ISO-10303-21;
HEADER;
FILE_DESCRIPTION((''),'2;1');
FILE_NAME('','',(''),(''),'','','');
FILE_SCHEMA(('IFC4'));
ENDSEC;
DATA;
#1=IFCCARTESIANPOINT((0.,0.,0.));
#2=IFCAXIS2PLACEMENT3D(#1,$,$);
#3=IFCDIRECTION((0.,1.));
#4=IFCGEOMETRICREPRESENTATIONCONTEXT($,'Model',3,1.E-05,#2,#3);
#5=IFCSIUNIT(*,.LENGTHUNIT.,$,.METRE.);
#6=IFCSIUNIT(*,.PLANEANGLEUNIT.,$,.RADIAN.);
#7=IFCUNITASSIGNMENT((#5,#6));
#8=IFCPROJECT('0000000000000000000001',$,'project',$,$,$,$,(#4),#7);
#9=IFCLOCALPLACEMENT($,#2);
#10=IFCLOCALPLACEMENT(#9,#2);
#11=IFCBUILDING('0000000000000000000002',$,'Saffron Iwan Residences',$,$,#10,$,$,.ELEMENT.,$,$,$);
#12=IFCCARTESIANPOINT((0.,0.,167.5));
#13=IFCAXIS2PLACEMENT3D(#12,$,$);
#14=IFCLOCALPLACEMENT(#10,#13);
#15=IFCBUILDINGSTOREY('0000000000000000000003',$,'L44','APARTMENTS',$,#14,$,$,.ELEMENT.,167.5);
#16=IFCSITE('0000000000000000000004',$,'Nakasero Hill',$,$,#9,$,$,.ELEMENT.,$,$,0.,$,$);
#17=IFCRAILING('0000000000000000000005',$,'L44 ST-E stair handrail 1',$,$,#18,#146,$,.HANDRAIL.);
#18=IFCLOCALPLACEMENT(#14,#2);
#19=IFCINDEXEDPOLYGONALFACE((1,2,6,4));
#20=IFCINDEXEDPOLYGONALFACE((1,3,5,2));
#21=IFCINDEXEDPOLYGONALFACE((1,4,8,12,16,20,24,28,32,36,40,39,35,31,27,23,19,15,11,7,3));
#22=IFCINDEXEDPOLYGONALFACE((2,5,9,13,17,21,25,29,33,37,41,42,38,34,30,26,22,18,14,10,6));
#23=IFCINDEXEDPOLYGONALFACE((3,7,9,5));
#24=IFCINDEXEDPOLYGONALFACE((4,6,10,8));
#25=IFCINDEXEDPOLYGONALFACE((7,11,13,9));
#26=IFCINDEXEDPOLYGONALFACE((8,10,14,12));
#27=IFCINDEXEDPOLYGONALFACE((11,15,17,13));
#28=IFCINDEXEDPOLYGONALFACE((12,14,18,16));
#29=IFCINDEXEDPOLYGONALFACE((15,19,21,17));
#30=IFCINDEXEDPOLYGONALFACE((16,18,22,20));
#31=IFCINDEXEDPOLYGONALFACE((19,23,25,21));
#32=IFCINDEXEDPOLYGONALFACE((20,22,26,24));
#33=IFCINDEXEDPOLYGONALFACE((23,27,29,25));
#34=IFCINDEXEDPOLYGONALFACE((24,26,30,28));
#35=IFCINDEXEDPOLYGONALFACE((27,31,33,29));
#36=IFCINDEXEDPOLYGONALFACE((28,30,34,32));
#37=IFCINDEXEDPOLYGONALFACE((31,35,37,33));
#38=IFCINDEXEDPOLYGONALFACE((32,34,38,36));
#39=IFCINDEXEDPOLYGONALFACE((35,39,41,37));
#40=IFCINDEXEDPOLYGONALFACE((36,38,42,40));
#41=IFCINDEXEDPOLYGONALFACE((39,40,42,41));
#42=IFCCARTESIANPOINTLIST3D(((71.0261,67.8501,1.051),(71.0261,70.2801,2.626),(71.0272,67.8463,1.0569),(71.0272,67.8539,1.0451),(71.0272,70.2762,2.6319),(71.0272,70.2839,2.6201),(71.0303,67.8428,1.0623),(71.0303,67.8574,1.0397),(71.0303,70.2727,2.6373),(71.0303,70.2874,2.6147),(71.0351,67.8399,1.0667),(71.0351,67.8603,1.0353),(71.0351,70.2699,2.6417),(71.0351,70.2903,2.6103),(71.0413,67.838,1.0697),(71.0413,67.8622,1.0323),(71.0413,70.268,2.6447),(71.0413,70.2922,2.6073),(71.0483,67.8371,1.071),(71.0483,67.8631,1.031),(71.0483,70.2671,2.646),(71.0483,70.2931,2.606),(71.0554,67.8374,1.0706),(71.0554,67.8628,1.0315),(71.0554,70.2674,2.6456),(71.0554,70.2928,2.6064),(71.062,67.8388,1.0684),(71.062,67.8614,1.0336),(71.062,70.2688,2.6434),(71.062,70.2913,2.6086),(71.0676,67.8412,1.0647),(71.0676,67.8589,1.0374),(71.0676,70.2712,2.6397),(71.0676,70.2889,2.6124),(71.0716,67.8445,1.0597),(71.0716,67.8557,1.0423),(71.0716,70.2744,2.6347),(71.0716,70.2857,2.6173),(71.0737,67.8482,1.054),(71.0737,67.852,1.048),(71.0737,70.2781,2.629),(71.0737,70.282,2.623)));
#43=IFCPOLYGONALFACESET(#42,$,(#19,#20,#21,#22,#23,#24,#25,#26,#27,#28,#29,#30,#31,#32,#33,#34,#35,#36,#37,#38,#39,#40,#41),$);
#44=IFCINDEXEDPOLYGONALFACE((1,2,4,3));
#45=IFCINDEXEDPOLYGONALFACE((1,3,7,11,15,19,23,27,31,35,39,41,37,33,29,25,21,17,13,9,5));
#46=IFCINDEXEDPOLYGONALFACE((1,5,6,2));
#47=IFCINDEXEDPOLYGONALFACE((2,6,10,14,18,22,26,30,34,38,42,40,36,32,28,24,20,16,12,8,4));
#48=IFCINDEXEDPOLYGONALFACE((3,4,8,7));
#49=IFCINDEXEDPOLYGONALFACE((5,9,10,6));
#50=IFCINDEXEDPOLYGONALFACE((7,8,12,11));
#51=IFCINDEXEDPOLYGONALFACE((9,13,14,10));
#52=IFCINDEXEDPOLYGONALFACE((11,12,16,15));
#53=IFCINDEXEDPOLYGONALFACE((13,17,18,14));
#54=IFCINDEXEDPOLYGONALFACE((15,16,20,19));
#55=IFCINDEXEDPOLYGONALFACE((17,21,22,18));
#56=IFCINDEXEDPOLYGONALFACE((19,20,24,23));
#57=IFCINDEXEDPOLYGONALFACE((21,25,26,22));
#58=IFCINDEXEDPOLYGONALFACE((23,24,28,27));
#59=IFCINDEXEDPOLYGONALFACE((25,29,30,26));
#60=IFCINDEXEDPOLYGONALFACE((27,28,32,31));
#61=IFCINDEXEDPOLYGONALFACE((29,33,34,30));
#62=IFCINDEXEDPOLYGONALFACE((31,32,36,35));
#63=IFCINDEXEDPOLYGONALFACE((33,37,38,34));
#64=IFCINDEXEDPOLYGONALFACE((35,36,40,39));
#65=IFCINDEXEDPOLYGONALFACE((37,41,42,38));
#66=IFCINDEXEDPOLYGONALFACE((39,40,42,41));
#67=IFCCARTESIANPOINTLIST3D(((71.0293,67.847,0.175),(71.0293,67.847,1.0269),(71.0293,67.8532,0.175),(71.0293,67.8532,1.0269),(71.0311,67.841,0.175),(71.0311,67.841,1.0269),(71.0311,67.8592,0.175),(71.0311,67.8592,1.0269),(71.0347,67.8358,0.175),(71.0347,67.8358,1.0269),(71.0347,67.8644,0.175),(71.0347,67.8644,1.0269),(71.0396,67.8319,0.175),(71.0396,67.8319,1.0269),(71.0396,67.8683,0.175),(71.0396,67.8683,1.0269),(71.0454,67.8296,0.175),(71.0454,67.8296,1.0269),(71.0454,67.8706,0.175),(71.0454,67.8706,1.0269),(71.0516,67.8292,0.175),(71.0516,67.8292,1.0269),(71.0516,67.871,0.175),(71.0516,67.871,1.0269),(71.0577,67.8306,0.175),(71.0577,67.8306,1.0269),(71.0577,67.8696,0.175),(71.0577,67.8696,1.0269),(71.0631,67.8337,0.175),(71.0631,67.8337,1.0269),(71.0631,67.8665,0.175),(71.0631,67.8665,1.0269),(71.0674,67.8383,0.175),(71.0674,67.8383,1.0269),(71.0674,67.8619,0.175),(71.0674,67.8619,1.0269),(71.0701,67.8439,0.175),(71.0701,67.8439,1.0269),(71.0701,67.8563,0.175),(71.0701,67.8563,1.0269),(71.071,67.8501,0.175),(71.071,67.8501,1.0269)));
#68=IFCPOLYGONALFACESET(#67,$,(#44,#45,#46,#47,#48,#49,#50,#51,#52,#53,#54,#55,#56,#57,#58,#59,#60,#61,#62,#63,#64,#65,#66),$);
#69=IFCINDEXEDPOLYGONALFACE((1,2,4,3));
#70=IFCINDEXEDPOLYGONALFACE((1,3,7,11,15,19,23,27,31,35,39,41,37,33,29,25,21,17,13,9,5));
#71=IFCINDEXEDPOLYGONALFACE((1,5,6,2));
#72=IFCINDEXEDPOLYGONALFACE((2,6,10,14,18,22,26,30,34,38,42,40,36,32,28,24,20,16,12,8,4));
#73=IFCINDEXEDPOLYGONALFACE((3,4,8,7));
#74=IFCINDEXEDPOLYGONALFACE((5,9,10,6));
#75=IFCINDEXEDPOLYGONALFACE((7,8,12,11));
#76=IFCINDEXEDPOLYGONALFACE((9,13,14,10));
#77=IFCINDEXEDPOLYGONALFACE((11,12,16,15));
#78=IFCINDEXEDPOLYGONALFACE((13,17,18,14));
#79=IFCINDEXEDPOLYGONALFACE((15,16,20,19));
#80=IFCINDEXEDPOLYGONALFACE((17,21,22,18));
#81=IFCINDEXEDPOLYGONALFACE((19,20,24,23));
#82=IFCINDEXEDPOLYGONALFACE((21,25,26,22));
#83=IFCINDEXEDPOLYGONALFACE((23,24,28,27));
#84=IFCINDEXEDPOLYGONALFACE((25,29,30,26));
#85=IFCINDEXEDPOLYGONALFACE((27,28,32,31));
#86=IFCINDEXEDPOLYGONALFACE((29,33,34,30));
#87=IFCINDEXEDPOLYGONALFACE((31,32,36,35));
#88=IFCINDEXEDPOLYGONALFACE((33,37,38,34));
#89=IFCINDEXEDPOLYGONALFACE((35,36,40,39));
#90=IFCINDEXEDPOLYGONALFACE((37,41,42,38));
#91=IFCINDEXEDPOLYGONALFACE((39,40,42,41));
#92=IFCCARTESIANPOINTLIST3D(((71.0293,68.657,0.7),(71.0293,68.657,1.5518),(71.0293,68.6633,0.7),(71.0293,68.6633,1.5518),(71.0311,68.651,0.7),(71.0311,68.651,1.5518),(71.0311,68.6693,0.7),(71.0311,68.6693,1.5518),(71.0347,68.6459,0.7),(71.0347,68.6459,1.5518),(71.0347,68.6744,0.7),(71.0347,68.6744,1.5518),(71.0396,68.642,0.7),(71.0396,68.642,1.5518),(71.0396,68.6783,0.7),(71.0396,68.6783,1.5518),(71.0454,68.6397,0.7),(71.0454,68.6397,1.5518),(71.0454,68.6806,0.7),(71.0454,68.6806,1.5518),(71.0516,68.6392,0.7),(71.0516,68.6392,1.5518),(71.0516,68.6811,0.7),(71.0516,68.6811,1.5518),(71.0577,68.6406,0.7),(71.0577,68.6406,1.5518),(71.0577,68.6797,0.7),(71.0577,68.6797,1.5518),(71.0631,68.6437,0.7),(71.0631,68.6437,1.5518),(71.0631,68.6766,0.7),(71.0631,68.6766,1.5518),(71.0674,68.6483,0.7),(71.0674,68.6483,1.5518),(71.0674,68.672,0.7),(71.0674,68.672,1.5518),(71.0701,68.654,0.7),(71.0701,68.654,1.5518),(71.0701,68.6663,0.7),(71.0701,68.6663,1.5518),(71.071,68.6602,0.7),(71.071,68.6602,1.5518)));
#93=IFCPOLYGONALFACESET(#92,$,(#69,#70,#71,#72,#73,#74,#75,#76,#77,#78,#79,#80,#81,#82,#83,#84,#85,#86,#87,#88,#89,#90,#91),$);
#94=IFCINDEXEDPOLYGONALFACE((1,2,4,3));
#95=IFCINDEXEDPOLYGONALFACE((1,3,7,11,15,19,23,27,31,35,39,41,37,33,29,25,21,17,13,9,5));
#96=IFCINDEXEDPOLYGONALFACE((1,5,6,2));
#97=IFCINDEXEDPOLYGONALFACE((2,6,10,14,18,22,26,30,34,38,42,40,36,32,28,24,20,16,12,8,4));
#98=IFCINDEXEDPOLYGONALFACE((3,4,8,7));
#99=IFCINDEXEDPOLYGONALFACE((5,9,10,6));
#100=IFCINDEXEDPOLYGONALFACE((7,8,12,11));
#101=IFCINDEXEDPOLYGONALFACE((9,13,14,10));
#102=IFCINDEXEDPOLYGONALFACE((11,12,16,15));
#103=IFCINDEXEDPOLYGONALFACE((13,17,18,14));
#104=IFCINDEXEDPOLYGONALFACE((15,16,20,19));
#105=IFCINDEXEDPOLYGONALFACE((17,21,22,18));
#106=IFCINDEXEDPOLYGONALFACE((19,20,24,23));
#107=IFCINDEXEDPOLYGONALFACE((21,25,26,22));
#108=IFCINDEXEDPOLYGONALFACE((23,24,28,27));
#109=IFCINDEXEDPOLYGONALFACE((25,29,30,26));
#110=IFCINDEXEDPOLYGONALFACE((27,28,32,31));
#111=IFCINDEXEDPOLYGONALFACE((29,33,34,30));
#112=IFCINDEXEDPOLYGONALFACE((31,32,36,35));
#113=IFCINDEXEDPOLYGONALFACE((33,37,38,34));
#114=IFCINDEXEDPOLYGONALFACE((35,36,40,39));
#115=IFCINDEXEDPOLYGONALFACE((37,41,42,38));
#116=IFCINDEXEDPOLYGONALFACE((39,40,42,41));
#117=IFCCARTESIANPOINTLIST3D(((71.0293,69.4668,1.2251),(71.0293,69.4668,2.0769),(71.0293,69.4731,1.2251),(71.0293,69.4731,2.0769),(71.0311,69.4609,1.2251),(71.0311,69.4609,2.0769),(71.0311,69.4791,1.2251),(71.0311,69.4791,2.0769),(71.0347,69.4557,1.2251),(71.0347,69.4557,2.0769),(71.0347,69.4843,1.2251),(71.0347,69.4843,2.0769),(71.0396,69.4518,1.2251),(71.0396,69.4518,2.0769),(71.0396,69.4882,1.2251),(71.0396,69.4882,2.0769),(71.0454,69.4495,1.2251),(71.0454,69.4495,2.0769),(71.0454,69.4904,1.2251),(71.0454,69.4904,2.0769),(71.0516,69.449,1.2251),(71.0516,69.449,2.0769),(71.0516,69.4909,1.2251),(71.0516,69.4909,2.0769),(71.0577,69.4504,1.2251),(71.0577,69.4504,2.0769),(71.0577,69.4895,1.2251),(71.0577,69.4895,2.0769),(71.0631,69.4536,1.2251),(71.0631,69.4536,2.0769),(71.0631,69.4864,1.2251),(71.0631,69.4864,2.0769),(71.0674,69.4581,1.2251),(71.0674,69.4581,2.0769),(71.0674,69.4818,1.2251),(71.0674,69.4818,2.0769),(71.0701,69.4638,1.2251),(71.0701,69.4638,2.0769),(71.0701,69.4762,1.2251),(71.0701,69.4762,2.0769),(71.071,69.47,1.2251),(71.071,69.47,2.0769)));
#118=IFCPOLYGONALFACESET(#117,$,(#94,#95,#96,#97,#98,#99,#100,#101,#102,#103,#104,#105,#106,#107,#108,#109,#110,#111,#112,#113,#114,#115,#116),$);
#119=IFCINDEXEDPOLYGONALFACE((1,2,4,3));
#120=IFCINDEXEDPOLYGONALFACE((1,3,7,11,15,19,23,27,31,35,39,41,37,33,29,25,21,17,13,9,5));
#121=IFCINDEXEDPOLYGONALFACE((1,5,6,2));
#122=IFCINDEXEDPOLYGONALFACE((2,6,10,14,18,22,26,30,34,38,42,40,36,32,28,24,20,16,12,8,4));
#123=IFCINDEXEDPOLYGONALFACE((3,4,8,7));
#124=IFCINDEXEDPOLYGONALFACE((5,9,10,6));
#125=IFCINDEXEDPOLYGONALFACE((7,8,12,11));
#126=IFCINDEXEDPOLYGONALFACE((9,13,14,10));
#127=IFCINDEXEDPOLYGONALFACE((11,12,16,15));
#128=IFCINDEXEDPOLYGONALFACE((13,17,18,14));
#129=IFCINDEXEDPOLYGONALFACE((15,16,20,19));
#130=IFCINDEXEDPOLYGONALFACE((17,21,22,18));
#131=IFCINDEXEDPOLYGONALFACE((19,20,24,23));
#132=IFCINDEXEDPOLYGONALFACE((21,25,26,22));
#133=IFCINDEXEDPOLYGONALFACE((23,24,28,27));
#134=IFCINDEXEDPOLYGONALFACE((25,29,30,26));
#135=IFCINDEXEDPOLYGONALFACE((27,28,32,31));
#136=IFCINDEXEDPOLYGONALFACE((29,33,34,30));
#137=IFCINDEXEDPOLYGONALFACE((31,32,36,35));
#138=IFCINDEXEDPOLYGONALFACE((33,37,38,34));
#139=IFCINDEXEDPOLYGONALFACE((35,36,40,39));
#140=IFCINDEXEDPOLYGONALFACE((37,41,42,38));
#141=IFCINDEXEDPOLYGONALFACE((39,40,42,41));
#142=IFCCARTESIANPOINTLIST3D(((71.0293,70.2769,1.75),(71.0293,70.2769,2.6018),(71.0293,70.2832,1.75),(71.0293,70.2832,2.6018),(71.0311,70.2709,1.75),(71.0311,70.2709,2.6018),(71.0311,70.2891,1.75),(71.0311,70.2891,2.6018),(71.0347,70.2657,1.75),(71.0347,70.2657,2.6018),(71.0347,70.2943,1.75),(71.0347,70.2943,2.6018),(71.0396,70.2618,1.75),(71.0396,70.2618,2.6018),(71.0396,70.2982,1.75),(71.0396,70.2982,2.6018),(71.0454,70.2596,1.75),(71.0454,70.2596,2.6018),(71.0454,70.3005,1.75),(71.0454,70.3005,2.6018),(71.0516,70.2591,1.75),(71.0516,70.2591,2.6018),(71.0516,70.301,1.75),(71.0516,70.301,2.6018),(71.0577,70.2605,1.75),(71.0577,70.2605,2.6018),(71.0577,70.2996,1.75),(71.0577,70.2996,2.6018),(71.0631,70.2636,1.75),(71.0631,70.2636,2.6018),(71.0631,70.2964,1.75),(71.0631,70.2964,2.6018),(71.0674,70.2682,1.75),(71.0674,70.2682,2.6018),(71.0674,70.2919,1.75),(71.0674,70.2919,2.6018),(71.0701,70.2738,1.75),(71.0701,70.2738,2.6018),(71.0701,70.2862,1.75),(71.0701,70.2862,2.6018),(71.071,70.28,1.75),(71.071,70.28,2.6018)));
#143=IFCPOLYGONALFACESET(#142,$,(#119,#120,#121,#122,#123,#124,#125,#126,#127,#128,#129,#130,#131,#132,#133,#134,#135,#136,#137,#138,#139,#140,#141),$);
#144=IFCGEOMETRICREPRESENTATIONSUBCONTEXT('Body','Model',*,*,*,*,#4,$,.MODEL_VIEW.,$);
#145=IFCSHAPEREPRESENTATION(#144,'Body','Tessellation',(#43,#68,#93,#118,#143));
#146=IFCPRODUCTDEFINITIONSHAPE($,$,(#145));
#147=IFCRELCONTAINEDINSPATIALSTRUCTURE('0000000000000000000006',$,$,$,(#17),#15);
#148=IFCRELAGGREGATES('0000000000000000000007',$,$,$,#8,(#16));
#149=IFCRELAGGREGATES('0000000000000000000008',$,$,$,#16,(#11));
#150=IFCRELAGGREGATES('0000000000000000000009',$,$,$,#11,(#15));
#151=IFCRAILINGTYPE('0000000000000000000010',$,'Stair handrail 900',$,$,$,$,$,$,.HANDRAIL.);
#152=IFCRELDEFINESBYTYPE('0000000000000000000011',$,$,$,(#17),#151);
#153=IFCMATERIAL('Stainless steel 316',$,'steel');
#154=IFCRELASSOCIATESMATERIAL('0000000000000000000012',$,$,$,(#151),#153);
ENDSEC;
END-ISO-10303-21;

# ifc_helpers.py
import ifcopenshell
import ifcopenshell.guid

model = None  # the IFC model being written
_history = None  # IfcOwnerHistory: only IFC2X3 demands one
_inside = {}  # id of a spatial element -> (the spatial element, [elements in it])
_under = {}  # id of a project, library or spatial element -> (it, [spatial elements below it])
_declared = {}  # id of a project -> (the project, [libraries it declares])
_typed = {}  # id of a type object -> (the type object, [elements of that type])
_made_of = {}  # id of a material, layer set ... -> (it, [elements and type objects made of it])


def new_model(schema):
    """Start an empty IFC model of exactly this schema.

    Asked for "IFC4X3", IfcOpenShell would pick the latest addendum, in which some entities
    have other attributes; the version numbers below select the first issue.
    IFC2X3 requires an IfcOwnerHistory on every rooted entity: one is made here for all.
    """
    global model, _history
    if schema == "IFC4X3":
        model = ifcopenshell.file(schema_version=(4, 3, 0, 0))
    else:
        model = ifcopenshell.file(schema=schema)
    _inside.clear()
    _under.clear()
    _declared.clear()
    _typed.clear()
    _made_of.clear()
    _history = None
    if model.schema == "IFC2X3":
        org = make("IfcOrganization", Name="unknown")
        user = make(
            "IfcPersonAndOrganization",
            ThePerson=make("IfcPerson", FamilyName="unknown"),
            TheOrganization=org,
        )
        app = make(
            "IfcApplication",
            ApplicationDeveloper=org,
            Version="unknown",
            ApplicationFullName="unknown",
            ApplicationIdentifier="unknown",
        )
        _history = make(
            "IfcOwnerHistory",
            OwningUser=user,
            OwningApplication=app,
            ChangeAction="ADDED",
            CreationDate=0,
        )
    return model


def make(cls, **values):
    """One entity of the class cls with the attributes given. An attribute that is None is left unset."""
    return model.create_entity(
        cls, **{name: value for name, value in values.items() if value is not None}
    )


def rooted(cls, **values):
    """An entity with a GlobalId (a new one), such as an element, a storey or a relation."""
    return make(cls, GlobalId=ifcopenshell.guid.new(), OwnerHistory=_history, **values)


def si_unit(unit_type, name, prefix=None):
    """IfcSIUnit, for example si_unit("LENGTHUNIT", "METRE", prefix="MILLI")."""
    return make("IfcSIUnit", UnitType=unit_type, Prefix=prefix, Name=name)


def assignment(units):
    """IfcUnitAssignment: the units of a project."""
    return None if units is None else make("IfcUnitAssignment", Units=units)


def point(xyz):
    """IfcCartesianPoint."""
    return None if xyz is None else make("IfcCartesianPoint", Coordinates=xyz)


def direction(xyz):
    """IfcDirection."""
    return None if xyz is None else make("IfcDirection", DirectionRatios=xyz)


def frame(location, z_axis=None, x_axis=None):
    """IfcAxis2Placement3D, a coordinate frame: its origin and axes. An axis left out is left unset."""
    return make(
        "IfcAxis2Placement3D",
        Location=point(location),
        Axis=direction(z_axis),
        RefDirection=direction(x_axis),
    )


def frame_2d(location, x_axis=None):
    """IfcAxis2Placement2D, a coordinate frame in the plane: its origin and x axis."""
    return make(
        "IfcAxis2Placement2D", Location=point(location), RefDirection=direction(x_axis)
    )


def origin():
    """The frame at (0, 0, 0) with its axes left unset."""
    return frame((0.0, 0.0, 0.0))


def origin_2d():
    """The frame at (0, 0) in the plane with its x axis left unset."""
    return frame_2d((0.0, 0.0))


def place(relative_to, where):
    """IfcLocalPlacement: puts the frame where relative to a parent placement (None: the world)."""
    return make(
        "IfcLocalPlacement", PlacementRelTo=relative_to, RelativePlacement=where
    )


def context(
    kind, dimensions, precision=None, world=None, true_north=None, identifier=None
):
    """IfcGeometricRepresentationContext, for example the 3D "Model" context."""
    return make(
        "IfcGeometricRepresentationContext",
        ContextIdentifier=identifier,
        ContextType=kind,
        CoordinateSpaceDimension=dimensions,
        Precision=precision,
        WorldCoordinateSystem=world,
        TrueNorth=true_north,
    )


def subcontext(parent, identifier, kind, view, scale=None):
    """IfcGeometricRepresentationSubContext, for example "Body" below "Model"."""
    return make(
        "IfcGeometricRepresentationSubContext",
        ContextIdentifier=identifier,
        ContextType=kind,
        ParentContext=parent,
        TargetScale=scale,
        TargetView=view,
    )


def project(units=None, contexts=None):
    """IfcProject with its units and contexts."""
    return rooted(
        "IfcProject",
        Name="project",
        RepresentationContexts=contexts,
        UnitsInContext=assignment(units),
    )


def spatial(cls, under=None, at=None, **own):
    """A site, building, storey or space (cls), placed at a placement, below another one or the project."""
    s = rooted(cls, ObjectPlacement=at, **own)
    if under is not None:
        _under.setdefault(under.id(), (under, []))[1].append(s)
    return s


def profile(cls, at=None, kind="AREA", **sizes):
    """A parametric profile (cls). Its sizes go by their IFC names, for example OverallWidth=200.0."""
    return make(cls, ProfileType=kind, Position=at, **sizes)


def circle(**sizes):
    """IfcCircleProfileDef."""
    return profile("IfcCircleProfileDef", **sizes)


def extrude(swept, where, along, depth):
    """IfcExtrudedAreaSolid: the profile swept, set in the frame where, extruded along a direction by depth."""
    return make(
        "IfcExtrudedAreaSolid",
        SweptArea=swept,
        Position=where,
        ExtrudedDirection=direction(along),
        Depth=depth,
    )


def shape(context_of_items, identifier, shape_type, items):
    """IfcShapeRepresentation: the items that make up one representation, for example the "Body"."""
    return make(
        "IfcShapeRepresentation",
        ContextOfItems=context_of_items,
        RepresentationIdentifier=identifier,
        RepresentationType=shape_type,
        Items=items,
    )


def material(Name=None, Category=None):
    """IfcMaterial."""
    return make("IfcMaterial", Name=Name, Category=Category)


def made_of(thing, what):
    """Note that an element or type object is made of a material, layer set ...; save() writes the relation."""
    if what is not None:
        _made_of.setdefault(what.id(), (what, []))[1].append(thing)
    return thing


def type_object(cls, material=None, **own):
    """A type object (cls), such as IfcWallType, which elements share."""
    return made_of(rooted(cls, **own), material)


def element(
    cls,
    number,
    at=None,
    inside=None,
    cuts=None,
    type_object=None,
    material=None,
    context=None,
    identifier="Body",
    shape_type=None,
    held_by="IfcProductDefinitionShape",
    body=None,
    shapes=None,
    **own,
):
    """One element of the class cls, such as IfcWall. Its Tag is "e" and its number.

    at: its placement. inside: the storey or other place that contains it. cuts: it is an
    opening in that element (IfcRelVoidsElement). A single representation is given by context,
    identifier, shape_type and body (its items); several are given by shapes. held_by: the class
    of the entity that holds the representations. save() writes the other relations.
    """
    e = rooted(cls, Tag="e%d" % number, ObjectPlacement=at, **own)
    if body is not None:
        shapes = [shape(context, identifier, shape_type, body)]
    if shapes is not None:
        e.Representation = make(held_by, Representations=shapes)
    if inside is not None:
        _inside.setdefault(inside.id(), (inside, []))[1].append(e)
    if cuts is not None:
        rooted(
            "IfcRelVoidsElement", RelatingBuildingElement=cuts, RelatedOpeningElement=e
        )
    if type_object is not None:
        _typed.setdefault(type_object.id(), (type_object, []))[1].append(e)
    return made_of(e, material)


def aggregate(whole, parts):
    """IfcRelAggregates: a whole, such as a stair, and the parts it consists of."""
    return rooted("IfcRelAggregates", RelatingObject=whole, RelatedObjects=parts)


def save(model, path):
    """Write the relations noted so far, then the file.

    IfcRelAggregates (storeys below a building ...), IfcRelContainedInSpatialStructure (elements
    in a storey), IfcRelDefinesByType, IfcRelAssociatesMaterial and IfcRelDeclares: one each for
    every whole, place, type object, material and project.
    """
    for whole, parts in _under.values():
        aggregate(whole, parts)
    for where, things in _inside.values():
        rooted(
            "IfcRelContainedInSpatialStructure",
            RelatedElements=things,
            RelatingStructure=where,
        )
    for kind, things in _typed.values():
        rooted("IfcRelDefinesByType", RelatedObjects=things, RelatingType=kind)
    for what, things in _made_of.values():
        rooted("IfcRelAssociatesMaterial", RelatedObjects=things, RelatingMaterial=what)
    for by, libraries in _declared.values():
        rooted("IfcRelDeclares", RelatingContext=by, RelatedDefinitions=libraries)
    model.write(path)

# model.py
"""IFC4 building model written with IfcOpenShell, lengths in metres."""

from ifc_helpers import new_model, si_unit, direction, frame, origin, origin_2d, place, context, subcontext, project, spatial, circle, extrude, material, type_object, element, save


model = new_model("IFC4")

# Units and contexts
model_context = context("Model", 3, precision=1e-05, world=origin(), true_north=direction((0.0, 1.0)))
body_context = subcontext(model_context, "Body", "Model", "MODEL_VIEW")
ifc_project = project(units=[si_unit("LENGTHUNIT", "METRE"), si_unit("PLANEANGLEUNIT", "RADIAN")], contexts=[model_context])

# Site, building, storey
site_placement = place(None, origin())
site = spatial("IfcSite", under=ifc_project, at=site_placement, Name="Nakasero Hill", CompositionType="ELEMENT", RefElevation=0.0)
building_placement = place(site_placement, origin())
building = spatial("IfcBuilding", under=site, at=building_placement, Name="Saffron Iwan Residences", CompositionType="ELEMENT")
storey_placement = place(building_placement, frame((0.0, 0.0, 167.5)))
storey = spatial("IfcBuildingStorey", under=building, at=storey_placement, Name="L44", Description="APARTMENTS", CompositionType="ELEMENT", Elevation=167.5)

# Railing
ifc_material_1 = material(Name="Stainless steel 316", Category="steel")
railing_type_1 = type_object("IfcRailingType", Name="Stair handrail 900", PredefinedType="HANDRAIL", material=ifc_material_1)
railing_1_placement = place(storey_placement, frame((71.05, 67.8501, 0.175)))
element("IfcRailing", 1, at=railing_1_placement, inside=storey, type_object=railing_type_1, Name="L44 ST-E stair handrail 1", PredefinedType="HANDRAIL", context=body_context, shape_type="SweptSolid", body=[
    extrude(circle(Radius=0.0239, at=origin_2d()), frame((0.0, 0.0, 0.876), z_axis=(0.0, 0.839154, 0.543894), x_axis=(-1.0, 0.0, 0.0)), (0.0, 0.0, 1.0), 2.8958),
    extrude(circle(Radius=0.021, at=origin_2d()), origin(), (0.0, 0.0, 1.0), 0.8518),
    extrude(circle(Radius=0.021, at=origin_2d()), frame((0.0, 0.8101, 0.5249)), (0.0, 0.0, 1.0), 0.8518),
    extrude(circle(Radius=0.021, at=origin_2d()), frame((0.0, 1.6199, 1.05)), (0.0, 0.0, 1.0), 0.8518),
    extrude(circle(Radius=0.021, at=origin_2d()), frame((0.0, 2.4299, 1.575)), (0.0, 0.0, 1.0), 0.8518),
])

save(model, "model.ifc")
